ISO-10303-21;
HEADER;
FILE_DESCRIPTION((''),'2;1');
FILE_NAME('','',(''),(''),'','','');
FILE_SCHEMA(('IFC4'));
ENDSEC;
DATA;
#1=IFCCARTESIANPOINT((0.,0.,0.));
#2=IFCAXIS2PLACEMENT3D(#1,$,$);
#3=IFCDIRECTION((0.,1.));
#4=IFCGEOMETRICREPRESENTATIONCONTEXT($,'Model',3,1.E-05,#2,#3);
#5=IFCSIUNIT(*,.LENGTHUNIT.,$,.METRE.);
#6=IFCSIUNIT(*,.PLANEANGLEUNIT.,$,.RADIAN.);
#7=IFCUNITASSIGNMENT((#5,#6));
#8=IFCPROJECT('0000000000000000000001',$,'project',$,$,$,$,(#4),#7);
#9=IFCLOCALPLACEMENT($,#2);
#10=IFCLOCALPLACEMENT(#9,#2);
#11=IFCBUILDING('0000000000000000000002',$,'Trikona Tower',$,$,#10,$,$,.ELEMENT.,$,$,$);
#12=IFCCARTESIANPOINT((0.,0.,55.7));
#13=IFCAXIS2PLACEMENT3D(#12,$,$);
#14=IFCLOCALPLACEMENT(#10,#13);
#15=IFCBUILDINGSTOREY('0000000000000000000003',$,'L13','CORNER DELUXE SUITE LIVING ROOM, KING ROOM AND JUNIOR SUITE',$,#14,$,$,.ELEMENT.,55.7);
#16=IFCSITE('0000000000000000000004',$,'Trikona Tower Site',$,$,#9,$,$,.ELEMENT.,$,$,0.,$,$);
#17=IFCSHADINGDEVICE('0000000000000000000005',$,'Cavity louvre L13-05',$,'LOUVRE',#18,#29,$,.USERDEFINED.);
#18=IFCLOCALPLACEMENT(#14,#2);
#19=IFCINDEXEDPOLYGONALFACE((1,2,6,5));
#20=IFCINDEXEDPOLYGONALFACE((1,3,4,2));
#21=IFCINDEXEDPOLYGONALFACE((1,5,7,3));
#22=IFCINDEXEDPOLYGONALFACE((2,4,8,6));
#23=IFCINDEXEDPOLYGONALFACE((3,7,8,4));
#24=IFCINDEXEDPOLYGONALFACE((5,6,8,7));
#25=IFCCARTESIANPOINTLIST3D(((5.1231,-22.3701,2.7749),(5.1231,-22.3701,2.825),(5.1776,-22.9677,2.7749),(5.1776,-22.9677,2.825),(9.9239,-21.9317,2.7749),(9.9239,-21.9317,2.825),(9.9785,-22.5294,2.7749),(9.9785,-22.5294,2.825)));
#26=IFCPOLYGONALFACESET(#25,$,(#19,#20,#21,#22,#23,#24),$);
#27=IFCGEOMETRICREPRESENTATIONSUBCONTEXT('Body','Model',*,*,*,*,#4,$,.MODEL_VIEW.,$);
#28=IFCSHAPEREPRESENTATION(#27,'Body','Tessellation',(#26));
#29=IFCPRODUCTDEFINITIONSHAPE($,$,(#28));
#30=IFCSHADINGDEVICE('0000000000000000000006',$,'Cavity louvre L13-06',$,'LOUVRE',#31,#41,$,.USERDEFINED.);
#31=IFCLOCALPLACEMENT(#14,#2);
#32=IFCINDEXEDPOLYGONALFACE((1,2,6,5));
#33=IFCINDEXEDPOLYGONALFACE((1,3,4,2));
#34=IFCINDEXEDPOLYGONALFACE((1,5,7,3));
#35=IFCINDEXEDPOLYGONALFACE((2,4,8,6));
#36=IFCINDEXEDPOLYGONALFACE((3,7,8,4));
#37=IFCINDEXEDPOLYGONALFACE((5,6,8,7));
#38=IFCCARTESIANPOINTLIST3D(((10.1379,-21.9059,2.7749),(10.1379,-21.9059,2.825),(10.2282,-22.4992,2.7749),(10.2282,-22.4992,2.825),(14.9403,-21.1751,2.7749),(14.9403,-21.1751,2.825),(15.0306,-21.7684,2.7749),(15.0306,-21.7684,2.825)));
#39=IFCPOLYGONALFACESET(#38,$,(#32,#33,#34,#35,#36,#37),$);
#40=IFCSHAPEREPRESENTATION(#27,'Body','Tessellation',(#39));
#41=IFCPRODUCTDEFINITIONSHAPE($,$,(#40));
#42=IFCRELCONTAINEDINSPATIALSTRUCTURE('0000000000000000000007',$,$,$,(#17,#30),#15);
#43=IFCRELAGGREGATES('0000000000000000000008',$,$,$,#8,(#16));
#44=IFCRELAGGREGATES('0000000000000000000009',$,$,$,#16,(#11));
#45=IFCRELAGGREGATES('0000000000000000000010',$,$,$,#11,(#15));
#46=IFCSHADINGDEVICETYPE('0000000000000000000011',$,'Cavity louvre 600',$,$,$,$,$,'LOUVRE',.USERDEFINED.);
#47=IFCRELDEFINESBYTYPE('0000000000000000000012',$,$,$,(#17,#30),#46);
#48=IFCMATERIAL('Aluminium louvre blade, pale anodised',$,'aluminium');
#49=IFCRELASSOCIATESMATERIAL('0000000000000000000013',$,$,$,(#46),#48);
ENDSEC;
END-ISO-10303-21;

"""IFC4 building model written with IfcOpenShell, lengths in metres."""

from ifc_helpers import new_model, si_unit, direction, frame, origin, origin_2d, place, context, subcontext, project, spatial, rectangle, extrude, material, type_object, element, save


model = new_model("IFC4")

# Units and contexts
model_context = context("Model", 3, precision=1e-05, world=origin(), true_north=direction((0.0, 1.0)))
body_context = subcontext(model_context, "Body", "Model", "MODEL_VIEW")
ifc_project = project(units=[si_unit("LENGTHUNIT", "METRE"), si_unit("PLANEANGLEUNIT", "RADIAN")], contexts=[model_context])

# Site, building, storey
site_placement = place(None, origin())
site = spatial("IfcSite", under=ifc_project, at=site_placement, Name="Trikona Tower Site", CompositionType="ELEMENT", RefElevation=0.0)
building_placement = place(site_placement, origin())
building = spatial("IfcBuilding", under=site, at=building_placement, Name="Trikona Tower", CompositionType="ELEMENT")
storey_placement = place(building_placement, frame((0.0, 0.0, 55.7)))
storey = spatial("IfcBuildingStorey", under=building, at=storey_placement, Name="L13", Description="CORNER DELUXE SUITE LIVING ROOM, KING ROOM AND JUNIOR SUITE", CompositionType="ELEMENT", Elevation=55.7)

# Shading devices
ifc_material_1 = material(Name="Aluminium louvre blade, pale anodised", Category="aluminium")
shading_device_type = type_object("IfcShadingDeviceType", Name="Cavity louvre 600", ElementType="LOUVRE", PredefinedType="USERDEFINED", material=ifc_material_1)
shading_device_1_placement = place(storey_placement, frame((7.5508, -22.4497, 2.7749), z_axis=(0.0, 0.0, 1.0), x_axis=(0.995858, 0.090921, 0.0)))
element("IfcShadingDevice", 1, at=shading_device_1_placement, inside=storey, type_object=shading_device_type, Name="Cavity louvre L13-05", ObjectType="LOUVRE", PredefinedType="USERDEFINED", context=body_context, shape_type="SweptSolid", body=[
    extrude(rectangle(XDim=4.8208, YDim=0.6001, at=origin_2d()), origin(), (0.0, 0.0, 1.0), 0.05),
])
shading_device_2_placement = place(storey_placement, frame((12.5842, -21.8372, 2.7749), z_axis=(0.0, 0.0, 1.0), x_axis=(0.988618, 0.150448, 0.0)))
element("IfcShadingDevice", 2, at=shading_device_2_placement, inside=storey, type_object=shading_device_type, Name="Cavity louvre L13-06", ObjectType="LOUVRE", PredefinedType="USERDEFINED", context=body_context, shape_type="SweptSolid", body=[
    extrude(rectangle(XDim=4.8577, YDim=0.6001, at=origin_2d()), origin(), (0.0, 0.0, 1.0), 0.05),
])

save(model, "model.ifc")
